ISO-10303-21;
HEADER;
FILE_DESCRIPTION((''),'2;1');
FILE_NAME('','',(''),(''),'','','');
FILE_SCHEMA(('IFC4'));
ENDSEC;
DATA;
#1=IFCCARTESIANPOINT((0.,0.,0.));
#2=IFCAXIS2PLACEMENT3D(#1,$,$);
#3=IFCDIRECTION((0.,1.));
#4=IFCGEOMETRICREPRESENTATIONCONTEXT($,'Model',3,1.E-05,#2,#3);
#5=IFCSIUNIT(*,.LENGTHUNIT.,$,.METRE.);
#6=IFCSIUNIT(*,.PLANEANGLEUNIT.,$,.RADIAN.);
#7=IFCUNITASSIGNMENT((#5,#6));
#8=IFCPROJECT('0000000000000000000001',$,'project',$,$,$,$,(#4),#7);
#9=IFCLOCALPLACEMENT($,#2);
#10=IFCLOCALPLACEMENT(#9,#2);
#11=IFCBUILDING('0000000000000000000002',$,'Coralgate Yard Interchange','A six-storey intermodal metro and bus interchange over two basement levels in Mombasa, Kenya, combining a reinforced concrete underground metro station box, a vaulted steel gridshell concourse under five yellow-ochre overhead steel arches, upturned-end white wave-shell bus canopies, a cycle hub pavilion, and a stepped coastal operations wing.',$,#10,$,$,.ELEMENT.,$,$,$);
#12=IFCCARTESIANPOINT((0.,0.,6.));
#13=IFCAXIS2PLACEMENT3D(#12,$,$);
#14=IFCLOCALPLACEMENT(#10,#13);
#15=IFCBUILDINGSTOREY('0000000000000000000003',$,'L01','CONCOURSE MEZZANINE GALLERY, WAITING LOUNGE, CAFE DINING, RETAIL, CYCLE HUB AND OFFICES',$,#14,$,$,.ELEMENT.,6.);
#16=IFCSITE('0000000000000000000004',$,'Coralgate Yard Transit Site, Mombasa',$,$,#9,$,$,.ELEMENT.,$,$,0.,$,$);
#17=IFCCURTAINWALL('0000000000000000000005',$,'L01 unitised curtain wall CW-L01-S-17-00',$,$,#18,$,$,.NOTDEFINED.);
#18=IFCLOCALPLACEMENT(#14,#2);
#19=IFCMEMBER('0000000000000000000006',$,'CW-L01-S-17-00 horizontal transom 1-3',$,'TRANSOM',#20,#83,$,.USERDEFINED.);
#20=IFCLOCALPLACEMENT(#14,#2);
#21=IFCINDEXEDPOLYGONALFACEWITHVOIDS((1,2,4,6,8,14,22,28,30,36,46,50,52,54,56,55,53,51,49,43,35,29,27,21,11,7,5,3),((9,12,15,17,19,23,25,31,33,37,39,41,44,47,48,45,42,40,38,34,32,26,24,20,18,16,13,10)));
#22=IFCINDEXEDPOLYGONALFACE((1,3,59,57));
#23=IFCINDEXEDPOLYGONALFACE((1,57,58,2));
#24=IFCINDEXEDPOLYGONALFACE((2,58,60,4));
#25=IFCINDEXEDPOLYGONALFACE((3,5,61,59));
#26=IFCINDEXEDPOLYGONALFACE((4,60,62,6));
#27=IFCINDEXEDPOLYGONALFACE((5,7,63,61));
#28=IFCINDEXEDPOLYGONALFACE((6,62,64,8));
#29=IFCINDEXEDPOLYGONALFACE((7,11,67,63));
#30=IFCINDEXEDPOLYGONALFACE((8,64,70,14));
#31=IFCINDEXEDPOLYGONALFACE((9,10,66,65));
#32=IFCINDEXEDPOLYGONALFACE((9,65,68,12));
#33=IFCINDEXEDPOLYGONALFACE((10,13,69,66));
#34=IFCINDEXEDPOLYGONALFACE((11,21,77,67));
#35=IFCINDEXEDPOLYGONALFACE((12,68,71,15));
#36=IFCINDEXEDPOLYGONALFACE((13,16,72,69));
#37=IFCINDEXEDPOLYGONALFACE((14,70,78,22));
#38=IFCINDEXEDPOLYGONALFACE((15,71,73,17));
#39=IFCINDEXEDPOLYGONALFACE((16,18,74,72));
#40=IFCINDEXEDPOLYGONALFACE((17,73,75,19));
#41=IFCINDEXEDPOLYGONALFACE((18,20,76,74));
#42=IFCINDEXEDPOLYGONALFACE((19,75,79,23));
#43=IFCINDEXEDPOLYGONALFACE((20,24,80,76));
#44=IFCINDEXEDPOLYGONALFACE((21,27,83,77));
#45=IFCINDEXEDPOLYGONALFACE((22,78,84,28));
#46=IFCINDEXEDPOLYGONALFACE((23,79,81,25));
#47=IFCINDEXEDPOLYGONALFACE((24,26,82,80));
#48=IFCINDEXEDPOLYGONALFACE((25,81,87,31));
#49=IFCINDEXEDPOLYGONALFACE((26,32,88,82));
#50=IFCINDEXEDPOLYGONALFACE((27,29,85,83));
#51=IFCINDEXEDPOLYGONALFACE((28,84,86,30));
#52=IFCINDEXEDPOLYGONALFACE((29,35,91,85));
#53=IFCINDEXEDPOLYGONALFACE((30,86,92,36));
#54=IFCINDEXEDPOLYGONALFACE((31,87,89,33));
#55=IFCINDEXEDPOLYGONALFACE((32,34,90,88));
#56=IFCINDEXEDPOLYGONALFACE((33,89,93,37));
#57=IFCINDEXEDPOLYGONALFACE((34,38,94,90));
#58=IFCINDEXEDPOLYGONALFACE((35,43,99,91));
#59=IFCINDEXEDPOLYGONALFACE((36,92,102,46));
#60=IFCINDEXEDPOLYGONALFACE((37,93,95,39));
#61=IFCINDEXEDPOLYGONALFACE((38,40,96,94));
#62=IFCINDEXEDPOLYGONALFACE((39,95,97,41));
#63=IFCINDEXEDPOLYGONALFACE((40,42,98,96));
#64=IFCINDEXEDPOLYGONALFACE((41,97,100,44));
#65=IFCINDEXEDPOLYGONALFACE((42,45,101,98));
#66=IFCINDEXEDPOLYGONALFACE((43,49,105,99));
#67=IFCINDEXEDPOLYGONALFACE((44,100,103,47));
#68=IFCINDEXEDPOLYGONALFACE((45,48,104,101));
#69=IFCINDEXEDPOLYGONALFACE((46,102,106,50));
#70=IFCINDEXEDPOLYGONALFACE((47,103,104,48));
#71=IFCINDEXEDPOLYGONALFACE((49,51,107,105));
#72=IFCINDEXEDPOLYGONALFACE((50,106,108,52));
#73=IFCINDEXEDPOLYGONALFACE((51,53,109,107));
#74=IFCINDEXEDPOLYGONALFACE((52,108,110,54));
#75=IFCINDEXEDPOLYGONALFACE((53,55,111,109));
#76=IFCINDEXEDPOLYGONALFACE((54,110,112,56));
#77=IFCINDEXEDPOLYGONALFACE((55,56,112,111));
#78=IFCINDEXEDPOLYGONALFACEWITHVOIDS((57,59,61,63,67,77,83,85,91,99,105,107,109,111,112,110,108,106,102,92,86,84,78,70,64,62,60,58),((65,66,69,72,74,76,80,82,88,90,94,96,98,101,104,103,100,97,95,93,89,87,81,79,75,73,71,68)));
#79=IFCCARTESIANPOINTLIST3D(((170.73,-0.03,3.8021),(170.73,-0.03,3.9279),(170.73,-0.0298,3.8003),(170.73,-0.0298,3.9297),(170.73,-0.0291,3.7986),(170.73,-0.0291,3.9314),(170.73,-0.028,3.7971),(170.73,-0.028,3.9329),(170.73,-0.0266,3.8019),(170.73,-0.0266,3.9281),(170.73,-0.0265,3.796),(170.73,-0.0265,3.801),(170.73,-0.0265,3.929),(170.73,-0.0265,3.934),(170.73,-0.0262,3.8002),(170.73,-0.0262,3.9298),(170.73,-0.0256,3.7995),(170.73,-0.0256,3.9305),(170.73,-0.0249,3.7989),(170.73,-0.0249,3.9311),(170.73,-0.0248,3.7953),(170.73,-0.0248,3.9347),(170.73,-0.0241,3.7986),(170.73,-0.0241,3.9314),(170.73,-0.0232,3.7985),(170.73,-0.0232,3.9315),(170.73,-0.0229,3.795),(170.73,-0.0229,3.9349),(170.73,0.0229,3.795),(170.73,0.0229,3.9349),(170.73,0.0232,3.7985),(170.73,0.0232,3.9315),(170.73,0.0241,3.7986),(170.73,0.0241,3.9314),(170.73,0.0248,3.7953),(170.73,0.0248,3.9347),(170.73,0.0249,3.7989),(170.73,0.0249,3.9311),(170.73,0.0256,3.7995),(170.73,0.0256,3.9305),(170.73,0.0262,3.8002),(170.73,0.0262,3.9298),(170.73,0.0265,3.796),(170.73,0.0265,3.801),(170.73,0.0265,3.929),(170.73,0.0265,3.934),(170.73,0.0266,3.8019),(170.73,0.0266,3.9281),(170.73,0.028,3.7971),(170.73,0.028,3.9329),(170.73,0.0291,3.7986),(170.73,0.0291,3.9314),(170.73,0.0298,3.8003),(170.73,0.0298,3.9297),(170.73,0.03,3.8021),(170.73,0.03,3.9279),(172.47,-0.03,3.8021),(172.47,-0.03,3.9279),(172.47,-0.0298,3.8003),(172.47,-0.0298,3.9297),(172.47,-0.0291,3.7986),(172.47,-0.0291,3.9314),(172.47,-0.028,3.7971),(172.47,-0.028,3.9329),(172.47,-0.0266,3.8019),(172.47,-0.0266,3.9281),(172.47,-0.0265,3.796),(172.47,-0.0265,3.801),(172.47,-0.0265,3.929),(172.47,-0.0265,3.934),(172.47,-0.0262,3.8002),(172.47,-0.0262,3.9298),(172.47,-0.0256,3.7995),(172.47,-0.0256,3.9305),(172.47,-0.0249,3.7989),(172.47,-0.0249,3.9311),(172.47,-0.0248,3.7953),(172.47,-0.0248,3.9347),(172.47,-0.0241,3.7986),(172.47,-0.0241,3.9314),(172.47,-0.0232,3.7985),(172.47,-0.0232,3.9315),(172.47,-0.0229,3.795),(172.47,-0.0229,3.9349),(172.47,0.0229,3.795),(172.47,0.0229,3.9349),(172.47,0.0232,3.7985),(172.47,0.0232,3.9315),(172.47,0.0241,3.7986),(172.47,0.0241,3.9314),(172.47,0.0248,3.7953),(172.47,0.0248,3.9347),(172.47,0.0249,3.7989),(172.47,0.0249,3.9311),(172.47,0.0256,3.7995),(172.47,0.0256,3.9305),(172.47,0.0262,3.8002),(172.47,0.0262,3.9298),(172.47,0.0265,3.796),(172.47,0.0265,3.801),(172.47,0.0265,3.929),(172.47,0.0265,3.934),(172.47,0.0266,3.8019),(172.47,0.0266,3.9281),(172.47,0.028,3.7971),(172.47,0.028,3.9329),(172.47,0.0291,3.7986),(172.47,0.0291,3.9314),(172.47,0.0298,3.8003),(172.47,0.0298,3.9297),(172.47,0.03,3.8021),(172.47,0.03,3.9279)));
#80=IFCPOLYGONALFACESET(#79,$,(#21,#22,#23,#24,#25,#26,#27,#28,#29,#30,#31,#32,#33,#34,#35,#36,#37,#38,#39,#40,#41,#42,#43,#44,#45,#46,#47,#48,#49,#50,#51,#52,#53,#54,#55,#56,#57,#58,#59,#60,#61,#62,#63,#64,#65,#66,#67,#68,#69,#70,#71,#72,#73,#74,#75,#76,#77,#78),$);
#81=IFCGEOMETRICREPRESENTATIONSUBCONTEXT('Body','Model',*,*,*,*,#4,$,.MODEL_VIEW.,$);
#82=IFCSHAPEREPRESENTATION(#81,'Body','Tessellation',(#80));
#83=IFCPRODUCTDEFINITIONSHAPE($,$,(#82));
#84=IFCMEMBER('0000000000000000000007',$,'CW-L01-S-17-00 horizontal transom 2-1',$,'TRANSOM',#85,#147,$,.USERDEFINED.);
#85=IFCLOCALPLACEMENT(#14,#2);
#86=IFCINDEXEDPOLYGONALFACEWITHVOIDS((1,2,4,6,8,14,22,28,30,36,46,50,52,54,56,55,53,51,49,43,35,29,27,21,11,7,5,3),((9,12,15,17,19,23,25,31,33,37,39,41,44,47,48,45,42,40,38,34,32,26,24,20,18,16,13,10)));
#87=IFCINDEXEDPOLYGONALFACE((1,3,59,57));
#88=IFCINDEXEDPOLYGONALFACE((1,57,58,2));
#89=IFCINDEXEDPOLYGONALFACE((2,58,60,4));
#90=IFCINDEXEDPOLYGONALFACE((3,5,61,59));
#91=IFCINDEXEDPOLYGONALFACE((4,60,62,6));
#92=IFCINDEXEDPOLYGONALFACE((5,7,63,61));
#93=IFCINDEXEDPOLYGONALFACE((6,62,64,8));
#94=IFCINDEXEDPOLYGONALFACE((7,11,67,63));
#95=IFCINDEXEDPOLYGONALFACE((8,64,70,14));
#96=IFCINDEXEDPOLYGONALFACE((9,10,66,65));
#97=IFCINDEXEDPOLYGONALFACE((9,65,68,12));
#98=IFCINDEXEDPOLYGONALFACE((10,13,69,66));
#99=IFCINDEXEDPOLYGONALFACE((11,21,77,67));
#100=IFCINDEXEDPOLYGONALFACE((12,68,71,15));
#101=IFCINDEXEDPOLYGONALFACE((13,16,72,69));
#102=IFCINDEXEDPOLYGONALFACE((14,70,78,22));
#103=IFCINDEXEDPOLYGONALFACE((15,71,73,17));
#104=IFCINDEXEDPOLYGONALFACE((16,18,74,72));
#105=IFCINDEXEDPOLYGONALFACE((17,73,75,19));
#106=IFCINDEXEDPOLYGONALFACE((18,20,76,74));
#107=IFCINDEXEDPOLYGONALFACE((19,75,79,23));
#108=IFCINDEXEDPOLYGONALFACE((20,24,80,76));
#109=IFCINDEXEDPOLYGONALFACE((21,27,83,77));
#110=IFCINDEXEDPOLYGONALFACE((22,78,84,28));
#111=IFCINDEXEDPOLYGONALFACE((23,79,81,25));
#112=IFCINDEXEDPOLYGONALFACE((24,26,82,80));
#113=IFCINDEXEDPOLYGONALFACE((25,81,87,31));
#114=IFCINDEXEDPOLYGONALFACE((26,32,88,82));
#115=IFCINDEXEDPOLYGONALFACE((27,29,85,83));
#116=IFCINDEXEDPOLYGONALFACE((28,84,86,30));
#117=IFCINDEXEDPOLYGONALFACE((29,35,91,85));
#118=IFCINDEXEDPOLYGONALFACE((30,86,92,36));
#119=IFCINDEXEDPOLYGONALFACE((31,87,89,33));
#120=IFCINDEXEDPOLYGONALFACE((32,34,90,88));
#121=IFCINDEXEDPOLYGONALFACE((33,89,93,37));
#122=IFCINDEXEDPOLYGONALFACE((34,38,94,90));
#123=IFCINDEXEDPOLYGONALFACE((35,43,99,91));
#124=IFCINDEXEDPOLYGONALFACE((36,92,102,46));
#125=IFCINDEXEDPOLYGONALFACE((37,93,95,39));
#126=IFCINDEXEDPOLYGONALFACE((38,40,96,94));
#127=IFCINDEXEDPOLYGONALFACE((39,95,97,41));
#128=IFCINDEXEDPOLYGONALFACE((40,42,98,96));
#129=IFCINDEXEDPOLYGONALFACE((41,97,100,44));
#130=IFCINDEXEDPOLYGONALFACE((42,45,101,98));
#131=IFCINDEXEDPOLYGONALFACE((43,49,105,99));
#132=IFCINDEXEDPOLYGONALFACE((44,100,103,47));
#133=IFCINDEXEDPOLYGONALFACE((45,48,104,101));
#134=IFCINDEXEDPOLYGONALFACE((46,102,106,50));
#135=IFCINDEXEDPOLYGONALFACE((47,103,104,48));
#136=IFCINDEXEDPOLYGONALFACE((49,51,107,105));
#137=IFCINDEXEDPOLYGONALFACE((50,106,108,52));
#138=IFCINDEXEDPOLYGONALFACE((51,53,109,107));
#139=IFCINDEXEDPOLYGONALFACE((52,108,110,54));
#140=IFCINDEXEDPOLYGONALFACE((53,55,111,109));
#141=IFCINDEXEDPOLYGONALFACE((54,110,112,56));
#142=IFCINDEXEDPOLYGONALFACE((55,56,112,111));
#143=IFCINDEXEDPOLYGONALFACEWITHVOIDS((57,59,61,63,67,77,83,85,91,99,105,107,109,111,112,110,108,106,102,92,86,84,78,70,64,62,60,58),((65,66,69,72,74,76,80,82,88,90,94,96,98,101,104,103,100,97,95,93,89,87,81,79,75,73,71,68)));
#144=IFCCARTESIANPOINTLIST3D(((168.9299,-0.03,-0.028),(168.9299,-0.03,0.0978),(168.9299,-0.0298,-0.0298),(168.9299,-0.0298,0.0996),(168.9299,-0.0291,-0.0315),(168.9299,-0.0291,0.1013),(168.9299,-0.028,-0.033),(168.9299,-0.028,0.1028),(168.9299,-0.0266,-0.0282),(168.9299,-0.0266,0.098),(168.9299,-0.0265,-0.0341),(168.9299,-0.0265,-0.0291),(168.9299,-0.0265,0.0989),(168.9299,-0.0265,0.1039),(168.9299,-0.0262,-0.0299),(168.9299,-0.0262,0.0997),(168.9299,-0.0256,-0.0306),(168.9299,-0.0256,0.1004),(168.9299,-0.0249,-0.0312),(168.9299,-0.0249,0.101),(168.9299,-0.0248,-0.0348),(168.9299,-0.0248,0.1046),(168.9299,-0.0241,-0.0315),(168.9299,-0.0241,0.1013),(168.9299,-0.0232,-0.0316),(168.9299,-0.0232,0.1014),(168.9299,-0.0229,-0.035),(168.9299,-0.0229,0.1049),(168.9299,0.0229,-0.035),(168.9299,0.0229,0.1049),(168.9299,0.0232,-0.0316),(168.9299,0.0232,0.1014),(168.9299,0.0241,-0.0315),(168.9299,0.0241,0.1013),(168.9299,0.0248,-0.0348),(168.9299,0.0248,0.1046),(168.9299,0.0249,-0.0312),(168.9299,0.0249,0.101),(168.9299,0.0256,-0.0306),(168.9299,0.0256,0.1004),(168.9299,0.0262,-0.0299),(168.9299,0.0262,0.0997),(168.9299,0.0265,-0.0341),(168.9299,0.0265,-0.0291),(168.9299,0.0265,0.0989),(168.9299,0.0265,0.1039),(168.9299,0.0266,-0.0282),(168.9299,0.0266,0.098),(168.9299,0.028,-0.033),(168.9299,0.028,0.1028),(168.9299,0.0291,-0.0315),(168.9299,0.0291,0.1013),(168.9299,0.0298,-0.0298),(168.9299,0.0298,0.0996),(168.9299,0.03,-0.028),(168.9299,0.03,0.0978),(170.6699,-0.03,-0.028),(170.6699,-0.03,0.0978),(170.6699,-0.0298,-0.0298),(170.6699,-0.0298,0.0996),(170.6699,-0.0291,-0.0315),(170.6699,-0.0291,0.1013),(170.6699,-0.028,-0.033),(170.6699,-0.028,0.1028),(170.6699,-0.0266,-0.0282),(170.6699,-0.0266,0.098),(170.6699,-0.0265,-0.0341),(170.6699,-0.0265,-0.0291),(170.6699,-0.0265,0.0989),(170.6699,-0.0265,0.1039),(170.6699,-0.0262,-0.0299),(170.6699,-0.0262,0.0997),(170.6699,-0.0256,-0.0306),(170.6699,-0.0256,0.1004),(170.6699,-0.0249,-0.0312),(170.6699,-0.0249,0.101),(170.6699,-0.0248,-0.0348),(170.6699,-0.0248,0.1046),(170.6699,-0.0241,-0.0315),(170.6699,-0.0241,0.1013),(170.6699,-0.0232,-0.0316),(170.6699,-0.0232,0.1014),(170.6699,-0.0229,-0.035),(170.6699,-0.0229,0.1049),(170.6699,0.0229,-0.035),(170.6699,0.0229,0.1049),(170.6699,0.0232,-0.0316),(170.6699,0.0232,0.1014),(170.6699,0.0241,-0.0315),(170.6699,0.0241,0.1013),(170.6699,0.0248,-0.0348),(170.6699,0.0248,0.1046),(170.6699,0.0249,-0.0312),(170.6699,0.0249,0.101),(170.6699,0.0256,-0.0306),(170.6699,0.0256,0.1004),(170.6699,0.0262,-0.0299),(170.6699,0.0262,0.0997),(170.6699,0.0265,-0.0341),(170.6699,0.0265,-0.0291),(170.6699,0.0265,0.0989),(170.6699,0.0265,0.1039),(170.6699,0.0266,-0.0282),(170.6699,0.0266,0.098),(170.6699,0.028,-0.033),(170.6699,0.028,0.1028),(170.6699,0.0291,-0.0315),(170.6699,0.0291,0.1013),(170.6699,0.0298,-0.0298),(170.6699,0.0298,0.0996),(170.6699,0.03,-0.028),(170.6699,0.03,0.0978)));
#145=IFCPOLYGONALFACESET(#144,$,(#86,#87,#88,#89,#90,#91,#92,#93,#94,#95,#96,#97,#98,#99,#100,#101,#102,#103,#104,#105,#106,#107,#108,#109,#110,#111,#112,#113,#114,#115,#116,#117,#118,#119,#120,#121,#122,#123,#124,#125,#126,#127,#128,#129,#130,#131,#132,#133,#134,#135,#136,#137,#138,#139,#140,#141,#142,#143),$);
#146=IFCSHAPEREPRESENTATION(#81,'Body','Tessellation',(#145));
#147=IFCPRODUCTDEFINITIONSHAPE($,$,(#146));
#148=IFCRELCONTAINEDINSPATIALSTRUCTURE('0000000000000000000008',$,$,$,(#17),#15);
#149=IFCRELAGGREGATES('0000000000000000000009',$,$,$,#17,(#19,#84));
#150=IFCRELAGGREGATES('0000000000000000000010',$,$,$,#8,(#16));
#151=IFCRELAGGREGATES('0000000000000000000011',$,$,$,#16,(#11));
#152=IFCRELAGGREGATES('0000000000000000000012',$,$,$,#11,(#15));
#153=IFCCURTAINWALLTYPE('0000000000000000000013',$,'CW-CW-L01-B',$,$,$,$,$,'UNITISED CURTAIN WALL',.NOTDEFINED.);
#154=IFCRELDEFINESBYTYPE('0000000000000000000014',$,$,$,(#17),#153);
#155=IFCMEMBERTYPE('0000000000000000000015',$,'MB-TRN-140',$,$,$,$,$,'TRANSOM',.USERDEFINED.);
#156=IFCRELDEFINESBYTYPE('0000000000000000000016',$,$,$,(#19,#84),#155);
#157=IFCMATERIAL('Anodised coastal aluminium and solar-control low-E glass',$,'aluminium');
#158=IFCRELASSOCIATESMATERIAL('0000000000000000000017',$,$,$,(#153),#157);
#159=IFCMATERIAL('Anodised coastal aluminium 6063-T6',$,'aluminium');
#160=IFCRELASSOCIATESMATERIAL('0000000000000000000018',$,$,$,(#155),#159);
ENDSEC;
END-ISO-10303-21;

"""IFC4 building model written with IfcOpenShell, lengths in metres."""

from ifc_helpers import new_model, si_unit, direction, frame, origin, origin_2d, place, context, subcontext, project, spatial, hollow_rectangle, extrude, material, material_profile, profile_set, type_object, element, aggregate, save


model = new_model("IFC4")

# Units and contexts
model_context = context("Model", 3, precision=1e-05, world=origin(), true_north=direction((0.0, 1.0)))
body_context = subcontext(model_context, "Body", "Model", "MODEL_VIEW")
ifc_project = project(units=[si_unit("LENGTHUNIT", "METRE"), si_unit("PLANEANGLEUNIT", "RADIAN")], contexts=[model_context])

# Site, building, storey
site_placement = place(None, origin())
site = spatial("IfcSite", under=ifc_project, at=site_placement, Name="Coralgate Yard Transit Site, Mombasa", CompositionType="ELEMENT", RefElevation=0.0)
building_placement = place(site_placement, origin())
building = spatial("IfcBuilding", under=site, at=building_placement, Name="Coralgate Yard Interchange", Description="A six-storey intermodal metro and bus interchange over two basement levels in Mombasa, Kenya, combining a reinforced concrete underground metro station box, a vaulted steel gridshell concourse under five yellow-ochre overhead steel arches, upturned-end white wave-shell bus canopies, a cycle hub pavilion, and a stepped coastal operations wing.", CompositionType="ELEMENT")
storey_placement = place(building_placement, frame((0.0, 0.0, 6.0)))
storey = spatial("IfcBuildingStorey", under=building, at=storey_placement, Name="L01", Description="CONCOURSE MEZZANINE GALLERY, WAITING LOUNGE, CAFE DINING, RETAIL, CYCLE HUB AND OFFICES", CompositionType="ELEMENT", Elevation=6.0)

# Curtain wall, members
ifc_material_1 = material(Name="Anodised coastal aluminium and solar-control low-E glass", Category="aluminium")
curtain_wall_type = type_object("IfcCurtainWallType", Name="CW-CW-L01-B", ElementType="UNITISED CURTAIN WALL", PredefinedType="NOTDEFINED", material=ifc_material_1)
curtain_wall_placement = place(storey_placement, origin())
curtain_wall = element("IfcCurtainWall", 1, at=curtain_wall_placement, inside=storey, type_object=curtain_wall_type, Name="L01 unitised curtain wall CW-L01-S-17-00", PredefinedType="NOTDEFINED")
ifc_material_2 = material(Name="Anodised coastal aluminium 6063-T6", Category="aluminium")
ifc_material_profile_1 = material_profile(ifc_material_2, hollow_rectangle(XDim=0.0601, YDim=0.1399, WallThickness=0.0034, InnerFilletRadius=0.0034, OuterFilletRadius=0.0071, at=origin_2d()), Name="ALU 60x140x3.5")
ifc_profile_set_1 = profile_set([ifc_material_profile_1], Name="Anodised coastal aluminium 6063-T6")
member_type_1 = type_object("IfcMemberType", Name="MB-TRN-140", ElementType="TRANSOM", PredefinedType="USERDEFINED", material=ifc_profile_set_1)
member_1_placement = place(storey_placement, frame((172.47, 0.0, 3.865), z_axis=(-1.0, 0.0, 0.0), x_axis=(0.0, -1.0, 0.0)))
member_1 = element("IfcMember", 2, at=member_1_placement, type_object=member_type_1, Name="CW-L01-S-17-00 horizontal transom 1-3", ObjectType="TRANSOM", PredefinedType="USERDEFINED", context=body_context, shape_type="SweptSolid", body=[
    extrude(hollow_rectangle(XDim=0.0601, YDim=0.1399, WallThickness=0.0034, InnerFilletRadius=0.0034, OuterFilletRadius=0.0071, at=origin_2d()), origin(), (0.0, 0.0, 1.0), 1.74),
])
member_2_placement = place(storey_placement, frame((170.6699, 0.0, 0.0349), z_axis=(-1.0, 0.0, 0.0), x_axis=(0.0, -1.0, 0.0)))
member_2 = element("IfcMember", 3, at=member_2_placement, type_object=member_type_1, Name="CW-L01-S-17-00 horizontal transom 2-1", ObjectType="TRANSOM", PredefinedType="USERDEFINED", context=body_context, shape_type="SweptSolid", body=[
    extrude(hollow_rectangle(XDim=0.0601, YDim=0.1399, WallThickness=0.0034, InnerFilletRadius=0.0034, OuterFilletRadius=0.0071, at=origin_2d()), origin(), (0.0, 0.0, 1.0), 1.74),
])
aggregate(curtain_wall, [member_1, member_2])

save(model, "model.ifc")
